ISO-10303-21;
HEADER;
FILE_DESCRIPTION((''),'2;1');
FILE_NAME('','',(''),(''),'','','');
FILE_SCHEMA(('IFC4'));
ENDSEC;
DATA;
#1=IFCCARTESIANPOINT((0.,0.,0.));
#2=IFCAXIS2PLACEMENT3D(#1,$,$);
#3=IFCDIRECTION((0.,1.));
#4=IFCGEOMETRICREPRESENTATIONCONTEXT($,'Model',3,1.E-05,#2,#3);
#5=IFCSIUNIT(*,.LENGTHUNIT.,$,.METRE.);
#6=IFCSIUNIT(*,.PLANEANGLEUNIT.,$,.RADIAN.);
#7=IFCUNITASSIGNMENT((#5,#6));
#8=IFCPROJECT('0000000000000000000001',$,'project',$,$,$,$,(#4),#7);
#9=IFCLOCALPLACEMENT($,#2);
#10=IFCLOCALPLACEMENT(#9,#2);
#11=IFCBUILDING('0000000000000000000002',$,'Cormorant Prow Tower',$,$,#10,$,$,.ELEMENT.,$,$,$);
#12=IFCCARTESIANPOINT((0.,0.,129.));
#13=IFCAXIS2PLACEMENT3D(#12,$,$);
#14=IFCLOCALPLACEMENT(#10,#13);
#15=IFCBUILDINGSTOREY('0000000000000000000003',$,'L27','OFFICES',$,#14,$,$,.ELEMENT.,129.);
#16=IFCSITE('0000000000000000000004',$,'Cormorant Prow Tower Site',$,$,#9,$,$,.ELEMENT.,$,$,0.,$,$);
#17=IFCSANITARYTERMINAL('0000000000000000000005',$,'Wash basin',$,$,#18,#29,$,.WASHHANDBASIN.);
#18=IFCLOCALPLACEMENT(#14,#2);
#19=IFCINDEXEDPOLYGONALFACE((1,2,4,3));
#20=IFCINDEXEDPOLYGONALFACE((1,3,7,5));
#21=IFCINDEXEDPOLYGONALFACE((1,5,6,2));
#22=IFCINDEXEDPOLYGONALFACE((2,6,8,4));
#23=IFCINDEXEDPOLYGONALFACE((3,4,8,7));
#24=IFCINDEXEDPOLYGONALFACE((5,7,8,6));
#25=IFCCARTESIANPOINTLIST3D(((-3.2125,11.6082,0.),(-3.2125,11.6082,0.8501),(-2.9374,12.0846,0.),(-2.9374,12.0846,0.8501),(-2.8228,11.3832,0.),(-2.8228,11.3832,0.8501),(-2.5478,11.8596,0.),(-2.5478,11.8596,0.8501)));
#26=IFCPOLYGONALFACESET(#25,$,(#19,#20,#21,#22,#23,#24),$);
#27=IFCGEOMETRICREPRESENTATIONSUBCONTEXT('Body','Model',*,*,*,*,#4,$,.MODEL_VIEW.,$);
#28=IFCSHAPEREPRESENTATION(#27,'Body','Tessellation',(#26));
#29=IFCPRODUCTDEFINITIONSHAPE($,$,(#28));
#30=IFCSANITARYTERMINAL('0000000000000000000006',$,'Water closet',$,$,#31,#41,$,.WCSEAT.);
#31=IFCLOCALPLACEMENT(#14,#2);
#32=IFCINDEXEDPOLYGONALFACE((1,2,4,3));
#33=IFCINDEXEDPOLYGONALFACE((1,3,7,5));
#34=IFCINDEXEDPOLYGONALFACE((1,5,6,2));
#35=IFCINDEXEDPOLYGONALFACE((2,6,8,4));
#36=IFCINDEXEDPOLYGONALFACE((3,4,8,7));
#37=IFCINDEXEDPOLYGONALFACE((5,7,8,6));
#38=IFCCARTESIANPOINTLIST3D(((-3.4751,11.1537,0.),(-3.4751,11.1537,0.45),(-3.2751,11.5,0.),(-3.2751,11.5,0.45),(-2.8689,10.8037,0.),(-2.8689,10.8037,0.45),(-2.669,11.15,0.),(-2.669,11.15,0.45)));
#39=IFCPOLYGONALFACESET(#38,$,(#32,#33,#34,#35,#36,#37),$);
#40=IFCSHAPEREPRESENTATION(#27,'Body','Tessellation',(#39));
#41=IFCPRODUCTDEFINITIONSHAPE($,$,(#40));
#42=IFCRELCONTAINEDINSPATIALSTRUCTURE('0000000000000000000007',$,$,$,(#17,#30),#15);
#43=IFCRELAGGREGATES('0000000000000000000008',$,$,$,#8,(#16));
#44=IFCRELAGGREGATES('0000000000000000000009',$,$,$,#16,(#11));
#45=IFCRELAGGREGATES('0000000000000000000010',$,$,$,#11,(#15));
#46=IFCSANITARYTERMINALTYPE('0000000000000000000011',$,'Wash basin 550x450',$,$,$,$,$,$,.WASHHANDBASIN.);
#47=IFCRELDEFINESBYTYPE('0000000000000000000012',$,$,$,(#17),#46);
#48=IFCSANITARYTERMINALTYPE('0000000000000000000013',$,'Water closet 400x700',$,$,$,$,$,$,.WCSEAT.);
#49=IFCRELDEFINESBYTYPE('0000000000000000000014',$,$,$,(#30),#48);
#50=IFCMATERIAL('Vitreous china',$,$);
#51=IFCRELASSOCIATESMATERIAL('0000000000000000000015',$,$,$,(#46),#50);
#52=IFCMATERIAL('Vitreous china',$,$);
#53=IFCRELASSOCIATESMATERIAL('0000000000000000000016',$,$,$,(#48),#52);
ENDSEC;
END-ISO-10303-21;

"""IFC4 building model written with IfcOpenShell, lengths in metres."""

from ifc_helpers import new_model, si_unit, direction, frame, origin, origin_2d, place, context, subcontext, project, spatial, rectangle, extrude, material, type_object, element, save


model = new_model("IFC4")

# Units and contexts
model_context = context("Model", 3, precision=1e-05, world=origin(), true_north=direction((0.0, 1.0)))
body_context = subcontext(model_context, "Body", "Model", "MODEL_VIEW")
ifc_project = project(units=[si_unit("LENGTHUNIT", "METRE"), si_unit("PLANEANGLEUNIT", "RADIAN")], contexts=[model_context])

# Site, building, storey
site_placement = place(None, origin())
site = spatial("IfcSite", under=ifc_project, at=site_placement, Name="Cormorant Prow Tower Site", CompositionType="ELEMENT", RefElevation=0.0)
building_placement = place(site_placement, origin())
building = spatial("IfcBuilding", under=site, at=building_placement, Name="Cormorant Prow Tower", CompositionType="ELEMENT")
storey_placement = place(building_placement, frame((0.0, 0.0, 129.0)))
storey = spatial("IfcBuildingStorey", under=building, at=storey_placement, Name="L27", Description="OFFICES", CompositionType="ELEMENT", Elevation=129.0)

# Sanitary terminals
ifc_material_1 = material(Name="Vitreous china")
sanitary_terminal_type_1 = type_object("IfcSanitaryTerminalType", Name="Wash basin 550x450", PredefinedType="WASHHANDBASIN", material=ifc_material_1)
sanitary_terminal_1_placement = place(storey_placement, frame((-2.8801, 11.7339, 0.0), z_axis=(0.0, 0.0, 1.0), x_axis=(-0.5, -0.866025, 0.0)))
element("IfcSanitaryTerminal", 1, at=sanitary_terminal_1_placement, inside=storey, type_object=sanitary_terminal_type_1, Name="Wash basin", PredefinedType="WASHHANDBASIN", context=body_context, shape_type="SweptSolid", body=[
    extrude(rectangle(XDim=0.55, YDim=0.45, at=origin_2d()), origin(), (0.0, 0.0, 1.0), 0.8501),
])
ifc_material_2 = material(Name="Vitreous china")
sanitary_terminal_type_2 = type_object("IfcSanitaryTerminalType", Name="Water closet 400x700", PredefinedType="WCSEAT", material=ifc_material_2)
sanitary_terminal_2_placement = place(storey_placement, frame((-3.072, 11.1519, 0.0), z_axis=(0.0, 0.0, 1.0), x_axis=(-0.5, -0.866025, 0.0)))
element("IfcSanitaryTerminal", 2, at=sanitary_terminal_2_placement, inside=storey, type_object=sanitary_terminal_type_2, Name="Water closet", PredefinedType="WCSEAT", context=body_context, shape_type="SweptSolid", body=[
    extrude(rectangle(XDim=0.3999, YDim=0.7, at=origin_2d()), origin(), (0.0, 0.0, 1.0), 0.45),
])

save(model, "model.ifc")
